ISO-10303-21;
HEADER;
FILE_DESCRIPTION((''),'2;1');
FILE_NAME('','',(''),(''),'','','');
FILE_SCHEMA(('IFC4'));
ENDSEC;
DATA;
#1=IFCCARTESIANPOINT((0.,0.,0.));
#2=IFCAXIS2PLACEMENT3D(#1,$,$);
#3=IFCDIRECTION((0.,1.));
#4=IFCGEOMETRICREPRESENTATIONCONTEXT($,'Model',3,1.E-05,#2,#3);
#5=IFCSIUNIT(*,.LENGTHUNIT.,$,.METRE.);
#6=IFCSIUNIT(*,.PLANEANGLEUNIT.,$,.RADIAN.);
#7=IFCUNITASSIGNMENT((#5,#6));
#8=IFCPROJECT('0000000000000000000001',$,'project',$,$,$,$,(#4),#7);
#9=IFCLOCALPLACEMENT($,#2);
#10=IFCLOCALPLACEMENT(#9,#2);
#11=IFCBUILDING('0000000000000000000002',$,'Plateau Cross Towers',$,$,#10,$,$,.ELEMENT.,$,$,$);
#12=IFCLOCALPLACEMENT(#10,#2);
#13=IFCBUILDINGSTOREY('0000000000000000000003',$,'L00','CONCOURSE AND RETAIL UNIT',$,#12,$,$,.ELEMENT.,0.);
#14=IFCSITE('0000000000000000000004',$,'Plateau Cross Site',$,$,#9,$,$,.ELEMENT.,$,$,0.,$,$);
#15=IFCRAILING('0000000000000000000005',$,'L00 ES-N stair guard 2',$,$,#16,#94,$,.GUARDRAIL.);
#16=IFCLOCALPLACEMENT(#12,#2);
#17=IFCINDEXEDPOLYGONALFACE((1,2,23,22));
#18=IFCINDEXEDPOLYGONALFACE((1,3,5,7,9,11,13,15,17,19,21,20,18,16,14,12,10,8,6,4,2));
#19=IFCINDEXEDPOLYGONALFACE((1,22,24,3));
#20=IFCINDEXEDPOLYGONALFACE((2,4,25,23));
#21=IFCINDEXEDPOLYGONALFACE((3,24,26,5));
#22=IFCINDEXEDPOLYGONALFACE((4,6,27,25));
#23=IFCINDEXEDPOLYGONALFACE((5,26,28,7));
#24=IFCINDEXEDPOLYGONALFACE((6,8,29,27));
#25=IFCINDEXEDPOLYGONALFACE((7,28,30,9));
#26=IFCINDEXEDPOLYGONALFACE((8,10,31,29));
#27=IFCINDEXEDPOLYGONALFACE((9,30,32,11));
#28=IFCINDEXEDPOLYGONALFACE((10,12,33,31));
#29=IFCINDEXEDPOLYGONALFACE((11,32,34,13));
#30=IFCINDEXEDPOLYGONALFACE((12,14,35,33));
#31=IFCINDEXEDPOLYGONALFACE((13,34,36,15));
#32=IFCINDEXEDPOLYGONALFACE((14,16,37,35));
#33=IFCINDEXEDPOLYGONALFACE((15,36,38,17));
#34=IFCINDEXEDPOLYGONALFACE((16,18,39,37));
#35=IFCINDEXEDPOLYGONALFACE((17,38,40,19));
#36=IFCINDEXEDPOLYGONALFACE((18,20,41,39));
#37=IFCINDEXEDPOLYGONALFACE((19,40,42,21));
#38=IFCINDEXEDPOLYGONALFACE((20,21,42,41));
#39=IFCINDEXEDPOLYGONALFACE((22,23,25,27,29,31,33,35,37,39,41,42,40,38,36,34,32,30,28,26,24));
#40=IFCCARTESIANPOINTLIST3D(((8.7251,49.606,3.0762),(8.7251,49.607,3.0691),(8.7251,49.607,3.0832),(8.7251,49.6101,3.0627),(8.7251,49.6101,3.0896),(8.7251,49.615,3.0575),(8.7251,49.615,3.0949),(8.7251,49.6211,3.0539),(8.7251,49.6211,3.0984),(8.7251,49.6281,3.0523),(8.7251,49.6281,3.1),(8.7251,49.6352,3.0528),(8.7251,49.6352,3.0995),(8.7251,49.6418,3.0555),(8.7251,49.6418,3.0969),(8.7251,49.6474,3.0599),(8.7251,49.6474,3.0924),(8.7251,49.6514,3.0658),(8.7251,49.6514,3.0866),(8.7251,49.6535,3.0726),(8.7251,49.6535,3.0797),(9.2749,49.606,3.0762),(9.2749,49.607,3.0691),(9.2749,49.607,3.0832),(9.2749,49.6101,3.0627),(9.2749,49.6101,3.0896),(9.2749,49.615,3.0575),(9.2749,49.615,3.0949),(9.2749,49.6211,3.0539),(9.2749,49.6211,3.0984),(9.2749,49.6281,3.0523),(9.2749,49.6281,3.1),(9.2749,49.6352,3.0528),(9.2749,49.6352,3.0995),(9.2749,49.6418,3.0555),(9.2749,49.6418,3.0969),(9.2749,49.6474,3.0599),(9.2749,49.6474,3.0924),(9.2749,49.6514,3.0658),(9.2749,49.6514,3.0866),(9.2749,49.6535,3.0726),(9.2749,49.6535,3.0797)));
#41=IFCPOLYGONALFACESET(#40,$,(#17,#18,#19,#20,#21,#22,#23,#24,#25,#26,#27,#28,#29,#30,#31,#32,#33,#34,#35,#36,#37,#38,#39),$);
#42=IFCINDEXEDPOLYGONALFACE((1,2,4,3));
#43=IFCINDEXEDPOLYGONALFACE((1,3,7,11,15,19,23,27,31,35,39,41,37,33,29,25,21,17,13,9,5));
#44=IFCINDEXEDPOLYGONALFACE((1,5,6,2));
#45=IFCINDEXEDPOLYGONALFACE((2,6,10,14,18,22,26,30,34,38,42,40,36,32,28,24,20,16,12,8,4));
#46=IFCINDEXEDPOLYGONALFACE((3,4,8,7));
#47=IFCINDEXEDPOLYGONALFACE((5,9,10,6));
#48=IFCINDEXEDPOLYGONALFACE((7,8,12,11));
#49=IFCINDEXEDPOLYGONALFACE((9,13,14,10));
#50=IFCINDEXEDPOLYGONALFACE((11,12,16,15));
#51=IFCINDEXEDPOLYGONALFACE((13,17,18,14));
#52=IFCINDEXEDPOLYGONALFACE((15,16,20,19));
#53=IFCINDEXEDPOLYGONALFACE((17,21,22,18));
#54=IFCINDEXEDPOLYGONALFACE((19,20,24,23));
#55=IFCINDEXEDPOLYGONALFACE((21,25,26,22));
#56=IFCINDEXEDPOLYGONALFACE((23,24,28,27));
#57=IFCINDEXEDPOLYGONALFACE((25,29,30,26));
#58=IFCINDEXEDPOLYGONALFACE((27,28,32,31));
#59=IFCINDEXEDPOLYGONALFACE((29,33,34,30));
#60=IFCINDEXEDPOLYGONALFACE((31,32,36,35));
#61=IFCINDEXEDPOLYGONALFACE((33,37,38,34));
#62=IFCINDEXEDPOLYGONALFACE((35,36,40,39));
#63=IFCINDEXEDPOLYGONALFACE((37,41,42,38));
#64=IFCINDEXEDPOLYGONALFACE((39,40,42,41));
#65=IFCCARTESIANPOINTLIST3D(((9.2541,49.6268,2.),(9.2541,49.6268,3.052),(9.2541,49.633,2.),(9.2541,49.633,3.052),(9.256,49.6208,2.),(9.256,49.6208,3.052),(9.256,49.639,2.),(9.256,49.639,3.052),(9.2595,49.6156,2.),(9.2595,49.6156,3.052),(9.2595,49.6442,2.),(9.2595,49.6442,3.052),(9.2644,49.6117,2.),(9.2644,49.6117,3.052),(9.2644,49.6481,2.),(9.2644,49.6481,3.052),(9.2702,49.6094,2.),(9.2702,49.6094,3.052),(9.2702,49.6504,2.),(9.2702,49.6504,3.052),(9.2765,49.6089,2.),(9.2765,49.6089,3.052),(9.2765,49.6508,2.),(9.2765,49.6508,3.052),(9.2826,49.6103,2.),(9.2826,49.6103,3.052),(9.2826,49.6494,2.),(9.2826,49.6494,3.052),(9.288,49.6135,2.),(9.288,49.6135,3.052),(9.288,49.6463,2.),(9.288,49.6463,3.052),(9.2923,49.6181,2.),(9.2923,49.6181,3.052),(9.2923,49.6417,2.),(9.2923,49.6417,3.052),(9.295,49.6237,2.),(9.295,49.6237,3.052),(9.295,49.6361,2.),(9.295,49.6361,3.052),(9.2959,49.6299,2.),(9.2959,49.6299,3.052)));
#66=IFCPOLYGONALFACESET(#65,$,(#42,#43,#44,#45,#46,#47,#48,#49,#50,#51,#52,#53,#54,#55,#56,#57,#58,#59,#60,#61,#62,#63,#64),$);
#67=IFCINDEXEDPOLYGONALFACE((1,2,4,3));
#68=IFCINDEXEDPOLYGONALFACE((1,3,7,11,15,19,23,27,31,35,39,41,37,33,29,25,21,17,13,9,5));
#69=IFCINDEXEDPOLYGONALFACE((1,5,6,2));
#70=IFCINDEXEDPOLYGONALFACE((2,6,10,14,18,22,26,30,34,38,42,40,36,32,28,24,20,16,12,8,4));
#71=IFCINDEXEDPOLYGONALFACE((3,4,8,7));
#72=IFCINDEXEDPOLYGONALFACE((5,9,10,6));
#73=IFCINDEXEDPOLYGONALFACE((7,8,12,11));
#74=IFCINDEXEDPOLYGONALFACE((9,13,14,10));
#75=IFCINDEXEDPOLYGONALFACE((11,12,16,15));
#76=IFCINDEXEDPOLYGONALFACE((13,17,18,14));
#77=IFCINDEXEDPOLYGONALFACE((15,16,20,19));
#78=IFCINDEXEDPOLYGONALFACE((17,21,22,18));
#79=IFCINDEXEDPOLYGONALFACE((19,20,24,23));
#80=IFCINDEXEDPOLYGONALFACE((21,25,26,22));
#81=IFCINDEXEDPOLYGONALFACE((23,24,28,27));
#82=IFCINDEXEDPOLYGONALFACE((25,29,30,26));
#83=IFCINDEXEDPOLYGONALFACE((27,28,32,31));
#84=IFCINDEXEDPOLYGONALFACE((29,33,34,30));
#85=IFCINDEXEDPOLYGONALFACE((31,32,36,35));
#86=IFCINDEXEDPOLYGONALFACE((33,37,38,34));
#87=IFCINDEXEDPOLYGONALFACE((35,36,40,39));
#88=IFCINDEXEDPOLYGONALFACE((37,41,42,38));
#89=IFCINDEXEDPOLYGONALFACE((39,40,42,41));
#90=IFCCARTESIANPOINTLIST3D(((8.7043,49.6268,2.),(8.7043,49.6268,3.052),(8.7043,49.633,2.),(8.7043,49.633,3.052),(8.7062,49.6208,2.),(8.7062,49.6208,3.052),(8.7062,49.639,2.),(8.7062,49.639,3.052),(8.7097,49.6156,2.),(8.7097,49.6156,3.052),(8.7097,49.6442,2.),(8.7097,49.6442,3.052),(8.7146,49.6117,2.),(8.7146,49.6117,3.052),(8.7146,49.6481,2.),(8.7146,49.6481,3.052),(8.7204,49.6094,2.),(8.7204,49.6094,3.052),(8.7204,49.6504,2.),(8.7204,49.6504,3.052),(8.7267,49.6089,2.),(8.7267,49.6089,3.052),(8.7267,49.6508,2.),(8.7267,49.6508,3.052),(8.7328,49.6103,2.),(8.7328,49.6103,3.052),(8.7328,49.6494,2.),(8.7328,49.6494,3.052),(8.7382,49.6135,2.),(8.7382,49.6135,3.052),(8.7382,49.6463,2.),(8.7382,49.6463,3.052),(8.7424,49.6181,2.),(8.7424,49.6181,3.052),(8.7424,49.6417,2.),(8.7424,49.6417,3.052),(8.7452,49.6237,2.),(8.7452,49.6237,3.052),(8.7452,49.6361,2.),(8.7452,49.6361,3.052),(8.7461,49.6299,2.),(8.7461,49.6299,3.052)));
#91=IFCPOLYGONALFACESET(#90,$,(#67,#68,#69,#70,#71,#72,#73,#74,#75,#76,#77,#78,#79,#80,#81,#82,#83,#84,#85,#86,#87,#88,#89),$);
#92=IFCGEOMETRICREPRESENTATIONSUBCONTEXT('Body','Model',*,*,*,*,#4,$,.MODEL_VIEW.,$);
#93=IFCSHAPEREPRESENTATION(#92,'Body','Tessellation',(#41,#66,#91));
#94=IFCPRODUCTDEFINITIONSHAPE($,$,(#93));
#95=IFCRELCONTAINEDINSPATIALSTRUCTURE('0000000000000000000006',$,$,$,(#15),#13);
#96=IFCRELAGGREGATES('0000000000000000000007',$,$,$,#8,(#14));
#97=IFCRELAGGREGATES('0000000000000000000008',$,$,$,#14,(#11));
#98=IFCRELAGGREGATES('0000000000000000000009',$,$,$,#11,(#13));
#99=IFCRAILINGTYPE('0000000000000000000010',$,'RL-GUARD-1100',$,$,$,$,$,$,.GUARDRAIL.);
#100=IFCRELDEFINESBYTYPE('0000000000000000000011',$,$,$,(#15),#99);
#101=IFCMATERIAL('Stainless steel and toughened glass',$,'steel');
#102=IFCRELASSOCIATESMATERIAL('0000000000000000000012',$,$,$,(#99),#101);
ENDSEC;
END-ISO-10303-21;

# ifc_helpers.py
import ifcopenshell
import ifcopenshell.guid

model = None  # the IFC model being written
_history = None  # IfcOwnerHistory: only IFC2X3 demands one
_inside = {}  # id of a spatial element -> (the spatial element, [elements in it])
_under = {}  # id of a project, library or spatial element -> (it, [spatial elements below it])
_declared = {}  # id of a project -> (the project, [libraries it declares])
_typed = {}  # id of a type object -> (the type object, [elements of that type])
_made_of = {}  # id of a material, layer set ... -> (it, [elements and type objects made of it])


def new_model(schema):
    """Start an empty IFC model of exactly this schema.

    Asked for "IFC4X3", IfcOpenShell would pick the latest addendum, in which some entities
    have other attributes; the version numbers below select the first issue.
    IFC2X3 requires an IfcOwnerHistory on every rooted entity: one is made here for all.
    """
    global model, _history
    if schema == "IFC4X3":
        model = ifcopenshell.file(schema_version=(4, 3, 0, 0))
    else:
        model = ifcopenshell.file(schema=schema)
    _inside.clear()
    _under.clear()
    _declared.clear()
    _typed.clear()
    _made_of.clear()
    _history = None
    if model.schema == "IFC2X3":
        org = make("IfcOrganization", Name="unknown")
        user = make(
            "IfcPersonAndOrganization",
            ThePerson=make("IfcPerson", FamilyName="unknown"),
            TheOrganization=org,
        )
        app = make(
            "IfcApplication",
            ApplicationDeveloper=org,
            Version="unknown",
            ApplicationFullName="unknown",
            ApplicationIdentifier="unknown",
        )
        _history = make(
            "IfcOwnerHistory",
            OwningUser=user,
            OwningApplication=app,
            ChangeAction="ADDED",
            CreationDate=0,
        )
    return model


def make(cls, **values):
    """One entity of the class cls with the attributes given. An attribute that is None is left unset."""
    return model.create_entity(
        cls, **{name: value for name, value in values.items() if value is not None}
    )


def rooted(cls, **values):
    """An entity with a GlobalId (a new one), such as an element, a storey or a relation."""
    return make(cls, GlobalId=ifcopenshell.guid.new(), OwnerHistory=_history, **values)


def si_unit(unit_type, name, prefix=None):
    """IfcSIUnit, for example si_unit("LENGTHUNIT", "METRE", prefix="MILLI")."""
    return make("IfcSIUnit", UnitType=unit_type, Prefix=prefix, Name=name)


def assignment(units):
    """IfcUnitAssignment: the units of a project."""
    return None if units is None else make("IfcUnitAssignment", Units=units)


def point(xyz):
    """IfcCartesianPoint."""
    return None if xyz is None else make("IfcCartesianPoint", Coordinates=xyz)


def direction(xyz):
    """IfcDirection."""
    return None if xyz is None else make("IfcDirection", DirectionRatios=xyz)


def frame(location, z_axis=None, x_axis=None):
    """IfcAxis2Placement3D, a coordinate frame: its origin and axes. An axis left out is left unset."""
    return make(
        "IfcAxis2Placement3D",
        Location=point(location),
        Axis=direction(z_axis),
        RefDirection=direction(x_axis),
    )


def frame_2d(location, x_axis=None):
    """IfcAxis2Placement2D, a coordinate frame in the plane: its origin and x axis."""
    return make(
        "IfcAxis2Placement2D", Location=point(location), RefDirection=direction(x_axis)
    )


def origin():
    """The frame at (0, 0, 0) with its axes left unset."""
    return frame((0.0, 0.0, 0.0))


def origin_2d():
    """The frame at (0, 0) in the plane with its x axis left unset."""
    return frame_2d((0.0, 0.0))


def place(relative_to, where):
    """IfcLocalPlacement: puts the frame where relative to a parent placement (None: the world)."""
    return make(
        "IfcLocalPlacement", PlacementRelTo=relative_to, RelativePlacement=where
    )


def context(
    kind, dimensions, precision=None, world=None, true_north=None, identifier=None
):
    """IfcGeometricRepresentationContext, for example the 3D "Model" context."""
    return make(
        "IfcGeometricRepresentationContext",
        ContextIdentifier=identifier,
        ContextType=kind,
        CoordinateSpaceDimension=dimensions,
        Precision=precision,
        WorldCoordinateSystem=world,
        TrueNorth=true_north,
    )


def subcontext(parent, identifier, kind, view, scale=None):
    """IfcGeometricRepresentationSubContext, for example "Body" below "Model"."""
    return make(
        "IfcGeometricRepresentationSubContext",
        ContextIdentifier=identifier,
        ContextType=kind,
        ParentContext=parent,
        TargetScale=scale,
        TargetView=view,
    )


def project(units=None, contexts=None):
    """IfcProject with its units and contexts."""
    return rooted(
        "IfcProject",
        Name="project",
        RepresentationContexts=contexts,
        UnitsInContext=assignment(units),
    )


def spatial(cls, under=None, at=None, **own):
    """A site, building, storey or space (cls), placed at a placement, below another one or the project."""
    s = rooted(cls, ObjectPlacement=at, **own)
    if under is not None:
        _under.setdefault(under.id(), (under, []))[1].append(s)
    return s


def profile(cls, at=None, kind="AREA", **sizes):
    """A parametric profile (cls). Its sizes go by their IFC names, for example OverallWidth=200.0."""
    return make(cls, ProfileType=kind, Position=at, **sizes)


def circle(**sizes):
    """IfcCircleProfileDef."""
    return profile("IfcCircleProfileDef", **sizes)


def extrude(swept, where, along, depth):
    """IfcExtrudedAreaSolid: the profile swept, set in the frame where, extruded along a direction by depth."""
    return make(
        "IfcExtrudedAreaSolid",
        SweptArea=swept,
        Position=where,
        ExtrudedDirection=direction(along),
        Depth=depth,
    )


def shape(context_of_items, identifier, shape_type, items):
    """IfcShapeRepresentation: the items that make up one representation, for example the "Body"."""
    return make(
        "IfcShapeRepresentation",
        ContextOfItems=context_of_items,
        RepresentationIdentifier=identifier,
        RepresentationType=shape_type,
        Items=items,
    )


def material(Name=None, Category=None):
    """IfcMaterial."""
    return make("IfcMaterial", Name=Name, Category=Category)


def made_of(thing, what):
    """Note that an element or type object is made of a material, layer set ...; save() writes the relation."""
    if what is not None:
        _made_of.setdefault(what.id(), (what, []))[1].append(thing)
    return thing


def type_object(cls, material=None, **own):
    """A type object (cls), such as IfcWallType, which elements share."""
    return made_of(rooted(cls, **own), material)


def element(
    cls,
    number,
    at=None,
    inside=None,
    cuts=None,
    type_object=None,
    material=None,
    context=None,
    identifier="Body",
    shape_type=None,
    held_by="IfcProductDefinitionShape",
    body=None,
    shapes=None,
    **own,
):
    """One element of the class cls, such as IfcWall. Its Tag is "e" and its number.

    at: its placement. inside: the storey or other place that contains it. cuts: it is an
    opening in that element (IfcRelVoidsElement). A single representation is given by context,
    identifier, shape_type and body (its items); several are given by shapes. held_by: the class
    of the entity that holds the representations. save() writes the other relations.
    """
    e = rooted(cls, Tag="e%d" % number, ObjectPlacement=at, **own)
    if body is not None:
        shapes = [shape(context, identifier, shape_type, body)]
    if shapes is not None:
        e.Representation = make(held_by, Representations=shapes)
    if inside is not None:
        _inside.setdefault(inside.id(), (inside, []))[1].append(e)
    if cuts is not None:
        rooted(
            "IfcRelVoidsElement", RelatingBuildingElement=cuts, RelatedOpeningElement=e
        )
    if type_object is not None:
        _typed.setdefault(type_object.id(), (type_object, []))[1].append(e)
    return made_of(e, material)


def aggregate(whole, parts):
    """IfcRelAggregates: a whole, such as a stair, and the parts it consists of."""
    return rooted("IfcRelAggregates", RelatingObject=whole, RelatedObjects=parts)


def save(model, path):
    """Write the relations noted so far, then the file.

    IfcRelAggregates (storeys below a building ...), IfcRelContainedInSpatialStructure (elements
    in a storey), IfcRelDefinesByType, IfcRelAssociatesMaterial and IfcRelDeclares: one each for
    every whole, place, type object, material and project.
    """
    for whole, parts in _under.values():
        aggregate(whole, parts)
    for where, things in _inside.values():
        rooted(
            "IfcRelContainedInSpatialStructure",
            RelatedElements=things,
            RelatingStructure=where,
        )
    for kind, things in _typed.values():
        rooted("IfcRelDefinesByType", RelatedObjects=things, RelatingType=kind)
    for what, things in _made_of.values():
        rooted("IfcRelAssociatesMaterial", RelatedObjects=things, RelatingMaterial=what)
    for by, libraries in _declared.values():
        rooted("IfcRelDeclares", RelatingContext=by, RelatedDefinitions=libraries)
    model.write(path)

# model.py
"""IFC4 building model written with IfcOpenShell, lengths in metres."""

from ifc_helpers import new_model, si_unit, direction, frame, origin, origin_2d, place, context, subcontext, project, spatial, circle, extrude, material, type_object, element, save


model = new_model("IFC4")

# Units and contexts
model_context = context("Model", 3, precision=1e-05, world=origin(), true_north=direction((0.0, 1.0)))
body_context = subcontext(model_context, "Body", "Model", "MODEL_VIEW")
ifc_project = project(units=[si_unit("LENGTHUNIT", "METRE"), si_unit("PLANEANGLEUNIT", "RADIAN")], contexts=[model_context])

# Site, building, storey
site_placement = place(None, origin())
site = spatial("IfcSite", under=ifc_project, at=site_placement, Name="Plateau Cross Site", CompositionType="ELEMENT", RefElevation=0.0)
building_placement = place(site_placement, origin())
building = spatial("IfcBuilding", under=site, at=building_placement, Name="Plateau Cross Towers", CompositionType="ELEMENT")
storey_placement = place(building_placement, origin())
storey = spatial("IfcBuildingStorey", under=building, at=storey_placement, Name="L00", Description="CONCOURSE AND RETAIL UNIT", CompositionType="ELEMENT", Elevation=0.0)

# Railing
ifc_material_1 = material(Name="Stainless steel and toughened glass", Category="steel")
railing_type_1 = type_object("IfcRailingType", Name="RL-GUARD-1100", PredefinedType="GUARDRAIL", material=ifc_material_1)
railing_1_placement = place(storey_placement, frame((9.2749, 49.6299, 2.0)))
element("IfcRailing", 1, at=railing_1_placement, inside=storey, type_object=railing_type_1, Name="L00 ES-N stair guard 2", PredefinedType="GUARDRAIL", context=body_context, shape_type="SweptSolid", body=[
    extrude(circle(Radius=0.0239, at=origin_2d()), frame((0.0, 0.0, 1.0762), z_axis=(-1.0, 0.0, 0.0), x_axis=(0.0, -1.0, 0.0)), (0.0, 0.0, 1.0), 0.5498),
    extrude(circle(Radius=0.021, at=origin_2d()), origin(), (0.0, 0.0, 1.0), 1.052),
    extrude(circle(Radius=0.021, at=origin_2d()), frame((-0.5498, 0.0, 0.0)), (0.0, 0.0, 1.0), 1.052),
])

save(model, "model.ifc")
